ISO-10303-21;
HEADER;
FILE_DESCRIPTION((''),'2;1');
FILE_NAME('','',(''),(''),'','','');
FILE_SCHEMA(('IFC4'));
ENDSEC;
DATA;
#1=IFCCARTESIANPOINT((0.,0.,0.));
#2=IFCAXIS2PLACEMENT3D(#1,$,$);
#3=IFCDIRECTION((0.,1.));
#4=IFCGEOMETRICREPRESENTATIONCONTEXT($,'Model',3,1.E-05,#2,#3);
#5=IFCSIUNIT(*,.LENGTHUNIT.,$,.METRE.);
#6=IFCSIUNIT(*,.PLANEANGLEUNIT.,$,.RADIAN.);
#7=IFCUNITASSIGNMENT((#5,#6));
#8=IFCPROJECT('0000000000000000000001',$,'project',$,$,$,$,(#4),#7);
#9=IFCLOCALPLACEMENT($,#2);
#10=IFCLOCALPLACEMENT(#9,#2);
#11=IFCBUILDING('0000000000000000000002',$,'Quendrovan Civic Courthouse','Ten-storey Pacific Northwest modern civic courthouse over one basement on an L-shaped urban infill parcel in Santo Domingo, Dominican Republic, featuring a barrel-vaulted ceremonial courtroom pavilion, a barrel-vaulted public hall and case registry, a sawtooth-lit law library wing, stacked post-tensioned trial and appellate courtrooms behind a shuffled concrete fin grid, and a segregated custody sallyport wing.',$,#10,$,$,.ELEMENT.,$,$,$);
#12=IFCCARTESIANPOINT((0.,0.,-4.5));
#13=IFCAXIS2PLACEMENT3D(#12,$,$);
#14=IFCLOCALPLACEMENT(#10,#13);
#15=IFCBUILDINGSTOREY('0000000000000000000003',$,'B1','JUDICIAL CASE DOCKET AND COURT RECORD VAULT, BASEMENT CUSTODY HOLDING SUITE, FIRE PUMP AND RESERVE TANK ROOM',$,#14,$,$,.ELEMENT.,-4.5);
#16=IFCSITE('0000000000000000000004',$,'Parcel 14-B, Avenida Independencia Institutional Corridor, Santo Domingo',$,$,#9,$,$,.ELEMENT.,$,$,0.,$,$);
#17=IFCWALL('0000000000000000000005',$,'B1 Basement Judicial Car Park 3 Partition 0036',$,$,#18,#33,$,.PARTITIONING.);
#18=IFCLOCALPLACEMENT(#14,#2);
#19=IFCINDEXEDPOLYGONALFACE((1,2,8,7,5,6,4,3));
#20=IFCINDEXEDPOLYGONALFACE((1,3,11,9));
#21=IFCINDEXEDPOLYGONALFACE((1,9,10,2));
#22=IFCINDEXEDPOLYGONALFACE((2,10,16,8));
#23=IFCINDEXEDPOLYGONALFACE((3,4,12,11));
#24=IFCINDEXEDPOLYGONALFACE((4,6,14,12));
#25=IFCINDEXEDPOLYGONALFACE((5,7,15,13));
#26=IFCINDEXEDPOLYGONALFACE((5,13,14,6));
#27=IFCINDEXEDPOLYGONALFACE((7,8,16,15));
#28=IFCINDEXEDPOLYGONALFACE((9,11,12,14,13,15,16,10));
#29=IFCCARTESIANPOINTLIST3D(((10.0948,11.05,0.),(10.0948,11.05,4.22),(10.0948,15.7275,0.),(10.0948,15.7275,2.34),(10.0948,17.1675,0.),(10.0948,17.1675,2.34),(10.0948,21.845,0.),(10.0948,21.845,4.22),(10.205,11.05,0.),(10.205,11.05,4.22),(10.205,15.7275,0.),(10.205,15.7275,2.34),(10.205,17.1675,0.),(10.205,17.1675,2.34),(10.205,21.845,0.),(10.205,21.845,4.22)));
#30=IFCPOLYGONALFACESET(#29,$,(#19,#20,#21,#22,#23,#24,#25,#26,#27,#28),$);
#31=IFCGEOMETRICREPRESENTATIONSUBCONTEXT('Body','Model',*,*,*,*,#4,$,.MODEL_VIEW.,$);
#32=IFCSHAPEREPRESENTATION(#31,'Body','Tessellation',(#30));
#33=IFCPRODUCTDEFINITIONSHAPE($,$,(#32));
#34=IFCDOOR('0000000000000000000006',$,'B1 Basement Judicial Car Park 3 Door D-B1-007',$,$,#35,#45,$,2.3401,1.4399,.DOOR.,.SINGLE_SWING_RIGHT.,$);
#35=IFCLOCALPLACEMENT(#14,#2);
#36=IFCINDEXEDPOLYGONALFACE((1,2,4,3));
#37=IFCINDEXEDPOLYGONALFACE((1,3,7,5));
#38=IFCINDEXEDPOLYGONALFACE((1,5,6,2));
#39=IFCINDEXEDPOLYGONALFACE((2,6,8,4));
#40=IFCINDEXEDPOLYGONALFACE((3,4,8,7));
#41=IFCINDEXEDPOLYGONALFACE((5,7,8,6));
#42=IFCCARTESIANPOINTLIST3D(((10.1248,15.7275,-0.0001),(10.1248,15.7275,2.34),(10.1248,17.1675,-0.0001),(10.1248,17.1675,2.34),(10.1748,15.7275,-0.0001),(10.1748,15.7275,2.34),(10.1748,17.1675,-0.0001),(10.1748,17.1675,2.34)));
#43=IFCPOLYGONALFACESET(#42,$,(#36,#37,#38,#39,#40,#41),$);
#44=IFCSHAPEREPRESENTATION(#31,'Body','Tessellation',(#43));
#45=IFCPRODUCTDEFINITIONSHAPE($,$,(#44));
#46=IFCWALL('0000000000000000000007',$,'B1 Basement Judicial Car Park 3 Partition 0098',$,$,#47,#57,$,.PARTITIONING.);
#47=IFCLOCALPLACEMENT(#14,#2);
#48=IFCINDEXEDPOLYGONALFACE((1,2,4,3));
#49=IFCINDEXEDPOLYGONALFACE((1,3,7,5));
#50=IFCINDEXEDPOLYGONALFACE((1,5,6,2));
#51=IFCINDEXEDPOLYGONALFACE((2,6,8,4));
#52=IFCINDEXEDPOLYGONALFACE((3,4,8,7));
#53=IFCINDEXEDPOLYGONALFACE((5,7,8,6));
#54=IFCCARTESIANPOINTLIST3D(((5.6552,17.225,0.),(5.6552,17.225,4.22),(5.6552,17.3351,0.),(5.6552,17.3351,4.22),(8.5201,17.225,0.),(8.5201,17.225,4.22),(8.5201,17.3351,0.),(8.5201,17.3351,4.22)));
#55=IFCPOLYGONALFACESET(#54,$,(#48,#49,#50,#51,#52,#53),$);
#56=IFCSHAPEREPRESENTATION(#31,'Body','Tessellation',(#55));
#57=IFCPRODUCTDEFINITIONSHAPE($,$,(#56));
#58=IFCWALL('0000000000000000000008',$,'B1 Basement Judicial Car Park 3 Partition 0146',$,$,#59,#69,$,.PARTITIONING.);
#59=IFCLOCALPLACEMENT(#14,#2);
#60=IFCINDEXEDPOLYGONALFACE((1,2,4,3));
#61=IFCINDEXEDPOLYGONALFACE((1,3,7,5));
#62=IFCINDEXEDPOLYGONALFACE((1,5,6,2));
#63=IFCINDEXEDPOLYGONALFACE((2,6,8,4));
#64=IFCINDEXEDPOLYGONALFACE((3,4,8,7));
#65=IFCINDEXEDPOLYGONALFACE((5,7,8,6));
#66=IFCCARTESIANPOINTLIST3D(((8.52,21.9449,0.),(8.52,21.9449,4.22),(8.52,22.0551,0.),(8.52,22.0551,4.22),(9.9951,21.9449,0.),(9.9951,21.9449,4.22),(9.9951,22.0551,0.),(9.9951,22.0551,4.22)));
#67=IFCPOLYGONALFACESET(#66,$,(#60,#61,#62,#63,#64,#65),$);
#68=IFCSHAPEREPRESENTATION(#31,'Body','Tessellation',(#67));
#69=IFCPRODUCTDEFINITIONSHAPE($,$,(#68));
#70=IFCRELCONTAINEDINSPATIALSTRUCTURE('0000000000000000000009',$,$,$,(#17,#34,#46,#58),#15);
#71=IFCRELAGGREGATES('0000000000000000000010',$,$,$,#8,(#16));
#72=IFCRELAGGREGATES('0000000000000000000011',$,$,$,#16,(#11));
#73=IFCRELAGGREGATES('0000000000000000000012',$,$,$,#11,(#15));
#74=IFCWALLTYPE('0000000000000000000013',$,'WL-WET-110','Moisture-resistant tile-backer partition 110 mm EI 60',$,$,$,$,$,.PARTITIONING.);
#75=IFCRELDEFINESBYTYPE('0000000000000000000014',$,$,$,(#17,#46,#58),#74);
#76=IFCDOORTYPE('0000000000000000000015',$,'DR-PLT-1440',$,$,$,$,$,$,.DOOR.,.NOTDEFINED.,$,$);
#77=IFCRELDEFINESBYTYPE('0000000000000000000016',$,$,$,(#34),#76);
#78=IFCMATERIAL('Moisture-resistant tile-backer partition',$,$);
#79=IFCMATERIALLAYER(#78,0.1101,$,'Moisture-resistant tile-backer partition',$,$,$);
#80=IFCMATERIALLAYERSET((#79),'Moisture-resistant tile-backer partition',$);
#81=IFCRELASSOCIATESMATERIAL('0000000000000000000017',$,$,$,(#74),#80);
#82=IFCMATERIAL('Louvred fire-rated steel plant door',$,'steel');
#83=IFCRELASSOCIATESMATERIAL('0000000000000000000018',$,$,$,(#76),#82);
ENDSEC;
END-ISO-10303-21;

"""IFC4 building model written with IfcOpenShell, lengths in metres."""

from ifc_helpers import new_model, si_unit, direction, frame, frame_2d, origin, place, context, subcontext, project, spatial, rectangle, extrude, material, layer, layer_set, type_object, element, fill, save


model = new_model("IFC4")

# Units and contexts
model_context = context("Model", 3, precision=1e-05, world=origin(), true_north=direction((0.0, 1.0)))
body_context = subcontext(model_context, "Body", "Model", "MODEL_VIEW")
ifc_project = project(units=[si_unit("LENGTHUNIT", "METRE"), si_unit("PLANEANGLEUNIT", "RADIAN")], contexts=[model_context])

# Site, building, storey
site_placement = place(None, origin())
site = spatial("IfcSite", under=ifc_project, at=site_placement, Name="Parcel 14-B, Avenida Independencia Institutional Corridor, Santo Domingo", CompositionType="ELEMENT", RefElevation=0.0)
building_placement = place(site_placement, origin())
building = spatial("IfcBuilding", under=site, at=building_placement, Name="Quendrovan Civic Courthouse", Description="Ten-storey Pacific Northwest modern civic courthouse over one basement on an L-shaped urban infill parcel in Santo Domingo, Dominican Republic, featuring a barrel-vaulted ceremonial courtroom pavilion, a barrel-vaulted public hall and case registry, a sawtooth-lit law library wing, stacked post-tensioned trial and appellate courtrooms behind a shuffled concrete fin grid, and a segregated custody sallyport wing.", CompositionType="ELEMENT")
storey_placement = place(building_placement, frame((0.0, 0.0, -4.5)))
storey = spatial("IfcBuildingStorey", under=building, at=storey_placement, Name="B1", Description="JUDICIAL CASE DOCKET AND COURT RECORD VAULT, BASEMENT CUSTODY HOLDING SUITE, FIRE PUMP AND RESERVE TANK ROOM", CompositionType="ELEMENT", Elevation=-4.5)

# Wall, opening, door
ifc_material_1 = material(Name="Moisture-resistant tile-backer partition")
ifc_layer_1 = layer(ifc_material_1, 0.1101, Name="Moisture-resistant tile-backer partition")
ifc_layer_set_1 = layer_set([ifc_layer_1], Name="Moisture-resistant tile-backer partition")
wall_type_1 = type_object("IfcWallType", Name="WL-WET-110", Description="Moisture-resistant tile-backer partition 110 mm EI 60", PredefinedType="PARTITIONING", material=ifc_layer_set_1)
wall_1_placement = place(storey_placement, frame((10.1499, 21.845, 0.0), z_axis=(0.0, 0.0, 1.0), x_axis=(0.0, -1.0, 0.0)))
wall_1 = element("IfcWall", 1, at=wall_1_placement, inside=storey, type_object=wall_type_1, Name="B1 Basement Judicial Car Park 3 Partition 0036", PredefinedType="PARTITIONING", context=body_context, shape_type="SweptSolid", body=[
    extrude(rectangle(XDim=10.7949, YDim=0.1101, at=frame_2d((5.3975, 0.0))), origin(), (0.0, 0.0, 1.0), 4.22),
])
opening_1_placement = place(wall_1_placement, frame((4.6775, 0.0, 0.0)))
opening_1 = element("IfcOpeningElement", 2, at=opening_1_placement, cuts=wall_1, PredefinedType="OPENING", context=body_context, shape_type="SweptSolid", body=[
    extrude(rectangle(XDim=1.4399, YDim=2.3401, at=frame_2d((0.72, 1.1699))), frame((0.0, 0.0649, 0.0), z_axis=(0.0, -1.0, 0.0), x_axis=(1.0, 0.0, 0.0)), (0.0, 0.0, 1.0), 0.1301),
])
ifc_material_2 = material(Name="Louvred fire-rated steel plant door", Category="steel")
door_type_1 = type_object("IfcDoorType", Name="DR-PLT-1440", OperationType="NOTDEFINED", PredefinedType="DOOR", material=ifc_material_2)
door_1_placement = place(opening_1_placement, origin())
door_1 = element("IfcDoor", 3, at=door_1_placement, inside=storey, type_object=door_type_1, Name="B1 Basement Judicial Car Park 3 Door D-B1-007", OperationType="SINGLE_SWING_RIGHT", OverallHeight=2.3401, OverallWidth=1.4399, PredefinedType="DOOR", context=body_context, shape_type="SweptSolid", body=[
    extrude(rectangle(XDim=1.4399, YDim=2.3401, at=frame_2d((0.72, 1.1699))), frame((0.0, 0.0249, 0.0), z_axis=(0.0, -1.0, 0.0), x_axis=(1.0, 0.0, 0.0)), (0.0, 0.0, 1.0), 0.05),
])
fill(opening_1, door_1)

# Walls
wall_2_placement = place(storey_placement, frame((5.655, 17.28, 0.0), z_axis=(0.0, 0.0, 1.0), x_axis=(1.0, 0.0, 0.0)))
element("IfcWall", 4, at=wall_2_placement, inside=storey, type_object=wall_type_1, Name="B1 Basement Judicial Car Park 3 Partition 0098", PredefinedType="PARTITIONING", context=body_context, shape_type="SweptSolid", body=[
    extrude(rectangle(XDim=2.865, YDim=0.1101, at=frame_2d((1.4326, 0.0))), origin(), (0.0, 0.0, 1.0), 4.22),
])
wall_3_placement = place(storey_placement, frame((8.52, 22.0, 0.0), z_axis=(0.0, 0.0, 1.0), x_axis=(1.0, 0.0, 0.0)))
element("IfcWall", 5, at=wall_3_placement, inside=storey, type_object=wall_type_1, Name="B1 Basement Judicial Car Park 3 Partition 0146", PredefinedType="PARTITIONING", context=body_context, shape_type="SweptSolid", body=[
    extrude(rectangle(XDim=1.4751, YDim=0.1101, at=frame_2d((0.7375, 0.0))), origin(), (0.0, 0.0, 1.0), 4.22),
])

save(model, "model.ifc")
